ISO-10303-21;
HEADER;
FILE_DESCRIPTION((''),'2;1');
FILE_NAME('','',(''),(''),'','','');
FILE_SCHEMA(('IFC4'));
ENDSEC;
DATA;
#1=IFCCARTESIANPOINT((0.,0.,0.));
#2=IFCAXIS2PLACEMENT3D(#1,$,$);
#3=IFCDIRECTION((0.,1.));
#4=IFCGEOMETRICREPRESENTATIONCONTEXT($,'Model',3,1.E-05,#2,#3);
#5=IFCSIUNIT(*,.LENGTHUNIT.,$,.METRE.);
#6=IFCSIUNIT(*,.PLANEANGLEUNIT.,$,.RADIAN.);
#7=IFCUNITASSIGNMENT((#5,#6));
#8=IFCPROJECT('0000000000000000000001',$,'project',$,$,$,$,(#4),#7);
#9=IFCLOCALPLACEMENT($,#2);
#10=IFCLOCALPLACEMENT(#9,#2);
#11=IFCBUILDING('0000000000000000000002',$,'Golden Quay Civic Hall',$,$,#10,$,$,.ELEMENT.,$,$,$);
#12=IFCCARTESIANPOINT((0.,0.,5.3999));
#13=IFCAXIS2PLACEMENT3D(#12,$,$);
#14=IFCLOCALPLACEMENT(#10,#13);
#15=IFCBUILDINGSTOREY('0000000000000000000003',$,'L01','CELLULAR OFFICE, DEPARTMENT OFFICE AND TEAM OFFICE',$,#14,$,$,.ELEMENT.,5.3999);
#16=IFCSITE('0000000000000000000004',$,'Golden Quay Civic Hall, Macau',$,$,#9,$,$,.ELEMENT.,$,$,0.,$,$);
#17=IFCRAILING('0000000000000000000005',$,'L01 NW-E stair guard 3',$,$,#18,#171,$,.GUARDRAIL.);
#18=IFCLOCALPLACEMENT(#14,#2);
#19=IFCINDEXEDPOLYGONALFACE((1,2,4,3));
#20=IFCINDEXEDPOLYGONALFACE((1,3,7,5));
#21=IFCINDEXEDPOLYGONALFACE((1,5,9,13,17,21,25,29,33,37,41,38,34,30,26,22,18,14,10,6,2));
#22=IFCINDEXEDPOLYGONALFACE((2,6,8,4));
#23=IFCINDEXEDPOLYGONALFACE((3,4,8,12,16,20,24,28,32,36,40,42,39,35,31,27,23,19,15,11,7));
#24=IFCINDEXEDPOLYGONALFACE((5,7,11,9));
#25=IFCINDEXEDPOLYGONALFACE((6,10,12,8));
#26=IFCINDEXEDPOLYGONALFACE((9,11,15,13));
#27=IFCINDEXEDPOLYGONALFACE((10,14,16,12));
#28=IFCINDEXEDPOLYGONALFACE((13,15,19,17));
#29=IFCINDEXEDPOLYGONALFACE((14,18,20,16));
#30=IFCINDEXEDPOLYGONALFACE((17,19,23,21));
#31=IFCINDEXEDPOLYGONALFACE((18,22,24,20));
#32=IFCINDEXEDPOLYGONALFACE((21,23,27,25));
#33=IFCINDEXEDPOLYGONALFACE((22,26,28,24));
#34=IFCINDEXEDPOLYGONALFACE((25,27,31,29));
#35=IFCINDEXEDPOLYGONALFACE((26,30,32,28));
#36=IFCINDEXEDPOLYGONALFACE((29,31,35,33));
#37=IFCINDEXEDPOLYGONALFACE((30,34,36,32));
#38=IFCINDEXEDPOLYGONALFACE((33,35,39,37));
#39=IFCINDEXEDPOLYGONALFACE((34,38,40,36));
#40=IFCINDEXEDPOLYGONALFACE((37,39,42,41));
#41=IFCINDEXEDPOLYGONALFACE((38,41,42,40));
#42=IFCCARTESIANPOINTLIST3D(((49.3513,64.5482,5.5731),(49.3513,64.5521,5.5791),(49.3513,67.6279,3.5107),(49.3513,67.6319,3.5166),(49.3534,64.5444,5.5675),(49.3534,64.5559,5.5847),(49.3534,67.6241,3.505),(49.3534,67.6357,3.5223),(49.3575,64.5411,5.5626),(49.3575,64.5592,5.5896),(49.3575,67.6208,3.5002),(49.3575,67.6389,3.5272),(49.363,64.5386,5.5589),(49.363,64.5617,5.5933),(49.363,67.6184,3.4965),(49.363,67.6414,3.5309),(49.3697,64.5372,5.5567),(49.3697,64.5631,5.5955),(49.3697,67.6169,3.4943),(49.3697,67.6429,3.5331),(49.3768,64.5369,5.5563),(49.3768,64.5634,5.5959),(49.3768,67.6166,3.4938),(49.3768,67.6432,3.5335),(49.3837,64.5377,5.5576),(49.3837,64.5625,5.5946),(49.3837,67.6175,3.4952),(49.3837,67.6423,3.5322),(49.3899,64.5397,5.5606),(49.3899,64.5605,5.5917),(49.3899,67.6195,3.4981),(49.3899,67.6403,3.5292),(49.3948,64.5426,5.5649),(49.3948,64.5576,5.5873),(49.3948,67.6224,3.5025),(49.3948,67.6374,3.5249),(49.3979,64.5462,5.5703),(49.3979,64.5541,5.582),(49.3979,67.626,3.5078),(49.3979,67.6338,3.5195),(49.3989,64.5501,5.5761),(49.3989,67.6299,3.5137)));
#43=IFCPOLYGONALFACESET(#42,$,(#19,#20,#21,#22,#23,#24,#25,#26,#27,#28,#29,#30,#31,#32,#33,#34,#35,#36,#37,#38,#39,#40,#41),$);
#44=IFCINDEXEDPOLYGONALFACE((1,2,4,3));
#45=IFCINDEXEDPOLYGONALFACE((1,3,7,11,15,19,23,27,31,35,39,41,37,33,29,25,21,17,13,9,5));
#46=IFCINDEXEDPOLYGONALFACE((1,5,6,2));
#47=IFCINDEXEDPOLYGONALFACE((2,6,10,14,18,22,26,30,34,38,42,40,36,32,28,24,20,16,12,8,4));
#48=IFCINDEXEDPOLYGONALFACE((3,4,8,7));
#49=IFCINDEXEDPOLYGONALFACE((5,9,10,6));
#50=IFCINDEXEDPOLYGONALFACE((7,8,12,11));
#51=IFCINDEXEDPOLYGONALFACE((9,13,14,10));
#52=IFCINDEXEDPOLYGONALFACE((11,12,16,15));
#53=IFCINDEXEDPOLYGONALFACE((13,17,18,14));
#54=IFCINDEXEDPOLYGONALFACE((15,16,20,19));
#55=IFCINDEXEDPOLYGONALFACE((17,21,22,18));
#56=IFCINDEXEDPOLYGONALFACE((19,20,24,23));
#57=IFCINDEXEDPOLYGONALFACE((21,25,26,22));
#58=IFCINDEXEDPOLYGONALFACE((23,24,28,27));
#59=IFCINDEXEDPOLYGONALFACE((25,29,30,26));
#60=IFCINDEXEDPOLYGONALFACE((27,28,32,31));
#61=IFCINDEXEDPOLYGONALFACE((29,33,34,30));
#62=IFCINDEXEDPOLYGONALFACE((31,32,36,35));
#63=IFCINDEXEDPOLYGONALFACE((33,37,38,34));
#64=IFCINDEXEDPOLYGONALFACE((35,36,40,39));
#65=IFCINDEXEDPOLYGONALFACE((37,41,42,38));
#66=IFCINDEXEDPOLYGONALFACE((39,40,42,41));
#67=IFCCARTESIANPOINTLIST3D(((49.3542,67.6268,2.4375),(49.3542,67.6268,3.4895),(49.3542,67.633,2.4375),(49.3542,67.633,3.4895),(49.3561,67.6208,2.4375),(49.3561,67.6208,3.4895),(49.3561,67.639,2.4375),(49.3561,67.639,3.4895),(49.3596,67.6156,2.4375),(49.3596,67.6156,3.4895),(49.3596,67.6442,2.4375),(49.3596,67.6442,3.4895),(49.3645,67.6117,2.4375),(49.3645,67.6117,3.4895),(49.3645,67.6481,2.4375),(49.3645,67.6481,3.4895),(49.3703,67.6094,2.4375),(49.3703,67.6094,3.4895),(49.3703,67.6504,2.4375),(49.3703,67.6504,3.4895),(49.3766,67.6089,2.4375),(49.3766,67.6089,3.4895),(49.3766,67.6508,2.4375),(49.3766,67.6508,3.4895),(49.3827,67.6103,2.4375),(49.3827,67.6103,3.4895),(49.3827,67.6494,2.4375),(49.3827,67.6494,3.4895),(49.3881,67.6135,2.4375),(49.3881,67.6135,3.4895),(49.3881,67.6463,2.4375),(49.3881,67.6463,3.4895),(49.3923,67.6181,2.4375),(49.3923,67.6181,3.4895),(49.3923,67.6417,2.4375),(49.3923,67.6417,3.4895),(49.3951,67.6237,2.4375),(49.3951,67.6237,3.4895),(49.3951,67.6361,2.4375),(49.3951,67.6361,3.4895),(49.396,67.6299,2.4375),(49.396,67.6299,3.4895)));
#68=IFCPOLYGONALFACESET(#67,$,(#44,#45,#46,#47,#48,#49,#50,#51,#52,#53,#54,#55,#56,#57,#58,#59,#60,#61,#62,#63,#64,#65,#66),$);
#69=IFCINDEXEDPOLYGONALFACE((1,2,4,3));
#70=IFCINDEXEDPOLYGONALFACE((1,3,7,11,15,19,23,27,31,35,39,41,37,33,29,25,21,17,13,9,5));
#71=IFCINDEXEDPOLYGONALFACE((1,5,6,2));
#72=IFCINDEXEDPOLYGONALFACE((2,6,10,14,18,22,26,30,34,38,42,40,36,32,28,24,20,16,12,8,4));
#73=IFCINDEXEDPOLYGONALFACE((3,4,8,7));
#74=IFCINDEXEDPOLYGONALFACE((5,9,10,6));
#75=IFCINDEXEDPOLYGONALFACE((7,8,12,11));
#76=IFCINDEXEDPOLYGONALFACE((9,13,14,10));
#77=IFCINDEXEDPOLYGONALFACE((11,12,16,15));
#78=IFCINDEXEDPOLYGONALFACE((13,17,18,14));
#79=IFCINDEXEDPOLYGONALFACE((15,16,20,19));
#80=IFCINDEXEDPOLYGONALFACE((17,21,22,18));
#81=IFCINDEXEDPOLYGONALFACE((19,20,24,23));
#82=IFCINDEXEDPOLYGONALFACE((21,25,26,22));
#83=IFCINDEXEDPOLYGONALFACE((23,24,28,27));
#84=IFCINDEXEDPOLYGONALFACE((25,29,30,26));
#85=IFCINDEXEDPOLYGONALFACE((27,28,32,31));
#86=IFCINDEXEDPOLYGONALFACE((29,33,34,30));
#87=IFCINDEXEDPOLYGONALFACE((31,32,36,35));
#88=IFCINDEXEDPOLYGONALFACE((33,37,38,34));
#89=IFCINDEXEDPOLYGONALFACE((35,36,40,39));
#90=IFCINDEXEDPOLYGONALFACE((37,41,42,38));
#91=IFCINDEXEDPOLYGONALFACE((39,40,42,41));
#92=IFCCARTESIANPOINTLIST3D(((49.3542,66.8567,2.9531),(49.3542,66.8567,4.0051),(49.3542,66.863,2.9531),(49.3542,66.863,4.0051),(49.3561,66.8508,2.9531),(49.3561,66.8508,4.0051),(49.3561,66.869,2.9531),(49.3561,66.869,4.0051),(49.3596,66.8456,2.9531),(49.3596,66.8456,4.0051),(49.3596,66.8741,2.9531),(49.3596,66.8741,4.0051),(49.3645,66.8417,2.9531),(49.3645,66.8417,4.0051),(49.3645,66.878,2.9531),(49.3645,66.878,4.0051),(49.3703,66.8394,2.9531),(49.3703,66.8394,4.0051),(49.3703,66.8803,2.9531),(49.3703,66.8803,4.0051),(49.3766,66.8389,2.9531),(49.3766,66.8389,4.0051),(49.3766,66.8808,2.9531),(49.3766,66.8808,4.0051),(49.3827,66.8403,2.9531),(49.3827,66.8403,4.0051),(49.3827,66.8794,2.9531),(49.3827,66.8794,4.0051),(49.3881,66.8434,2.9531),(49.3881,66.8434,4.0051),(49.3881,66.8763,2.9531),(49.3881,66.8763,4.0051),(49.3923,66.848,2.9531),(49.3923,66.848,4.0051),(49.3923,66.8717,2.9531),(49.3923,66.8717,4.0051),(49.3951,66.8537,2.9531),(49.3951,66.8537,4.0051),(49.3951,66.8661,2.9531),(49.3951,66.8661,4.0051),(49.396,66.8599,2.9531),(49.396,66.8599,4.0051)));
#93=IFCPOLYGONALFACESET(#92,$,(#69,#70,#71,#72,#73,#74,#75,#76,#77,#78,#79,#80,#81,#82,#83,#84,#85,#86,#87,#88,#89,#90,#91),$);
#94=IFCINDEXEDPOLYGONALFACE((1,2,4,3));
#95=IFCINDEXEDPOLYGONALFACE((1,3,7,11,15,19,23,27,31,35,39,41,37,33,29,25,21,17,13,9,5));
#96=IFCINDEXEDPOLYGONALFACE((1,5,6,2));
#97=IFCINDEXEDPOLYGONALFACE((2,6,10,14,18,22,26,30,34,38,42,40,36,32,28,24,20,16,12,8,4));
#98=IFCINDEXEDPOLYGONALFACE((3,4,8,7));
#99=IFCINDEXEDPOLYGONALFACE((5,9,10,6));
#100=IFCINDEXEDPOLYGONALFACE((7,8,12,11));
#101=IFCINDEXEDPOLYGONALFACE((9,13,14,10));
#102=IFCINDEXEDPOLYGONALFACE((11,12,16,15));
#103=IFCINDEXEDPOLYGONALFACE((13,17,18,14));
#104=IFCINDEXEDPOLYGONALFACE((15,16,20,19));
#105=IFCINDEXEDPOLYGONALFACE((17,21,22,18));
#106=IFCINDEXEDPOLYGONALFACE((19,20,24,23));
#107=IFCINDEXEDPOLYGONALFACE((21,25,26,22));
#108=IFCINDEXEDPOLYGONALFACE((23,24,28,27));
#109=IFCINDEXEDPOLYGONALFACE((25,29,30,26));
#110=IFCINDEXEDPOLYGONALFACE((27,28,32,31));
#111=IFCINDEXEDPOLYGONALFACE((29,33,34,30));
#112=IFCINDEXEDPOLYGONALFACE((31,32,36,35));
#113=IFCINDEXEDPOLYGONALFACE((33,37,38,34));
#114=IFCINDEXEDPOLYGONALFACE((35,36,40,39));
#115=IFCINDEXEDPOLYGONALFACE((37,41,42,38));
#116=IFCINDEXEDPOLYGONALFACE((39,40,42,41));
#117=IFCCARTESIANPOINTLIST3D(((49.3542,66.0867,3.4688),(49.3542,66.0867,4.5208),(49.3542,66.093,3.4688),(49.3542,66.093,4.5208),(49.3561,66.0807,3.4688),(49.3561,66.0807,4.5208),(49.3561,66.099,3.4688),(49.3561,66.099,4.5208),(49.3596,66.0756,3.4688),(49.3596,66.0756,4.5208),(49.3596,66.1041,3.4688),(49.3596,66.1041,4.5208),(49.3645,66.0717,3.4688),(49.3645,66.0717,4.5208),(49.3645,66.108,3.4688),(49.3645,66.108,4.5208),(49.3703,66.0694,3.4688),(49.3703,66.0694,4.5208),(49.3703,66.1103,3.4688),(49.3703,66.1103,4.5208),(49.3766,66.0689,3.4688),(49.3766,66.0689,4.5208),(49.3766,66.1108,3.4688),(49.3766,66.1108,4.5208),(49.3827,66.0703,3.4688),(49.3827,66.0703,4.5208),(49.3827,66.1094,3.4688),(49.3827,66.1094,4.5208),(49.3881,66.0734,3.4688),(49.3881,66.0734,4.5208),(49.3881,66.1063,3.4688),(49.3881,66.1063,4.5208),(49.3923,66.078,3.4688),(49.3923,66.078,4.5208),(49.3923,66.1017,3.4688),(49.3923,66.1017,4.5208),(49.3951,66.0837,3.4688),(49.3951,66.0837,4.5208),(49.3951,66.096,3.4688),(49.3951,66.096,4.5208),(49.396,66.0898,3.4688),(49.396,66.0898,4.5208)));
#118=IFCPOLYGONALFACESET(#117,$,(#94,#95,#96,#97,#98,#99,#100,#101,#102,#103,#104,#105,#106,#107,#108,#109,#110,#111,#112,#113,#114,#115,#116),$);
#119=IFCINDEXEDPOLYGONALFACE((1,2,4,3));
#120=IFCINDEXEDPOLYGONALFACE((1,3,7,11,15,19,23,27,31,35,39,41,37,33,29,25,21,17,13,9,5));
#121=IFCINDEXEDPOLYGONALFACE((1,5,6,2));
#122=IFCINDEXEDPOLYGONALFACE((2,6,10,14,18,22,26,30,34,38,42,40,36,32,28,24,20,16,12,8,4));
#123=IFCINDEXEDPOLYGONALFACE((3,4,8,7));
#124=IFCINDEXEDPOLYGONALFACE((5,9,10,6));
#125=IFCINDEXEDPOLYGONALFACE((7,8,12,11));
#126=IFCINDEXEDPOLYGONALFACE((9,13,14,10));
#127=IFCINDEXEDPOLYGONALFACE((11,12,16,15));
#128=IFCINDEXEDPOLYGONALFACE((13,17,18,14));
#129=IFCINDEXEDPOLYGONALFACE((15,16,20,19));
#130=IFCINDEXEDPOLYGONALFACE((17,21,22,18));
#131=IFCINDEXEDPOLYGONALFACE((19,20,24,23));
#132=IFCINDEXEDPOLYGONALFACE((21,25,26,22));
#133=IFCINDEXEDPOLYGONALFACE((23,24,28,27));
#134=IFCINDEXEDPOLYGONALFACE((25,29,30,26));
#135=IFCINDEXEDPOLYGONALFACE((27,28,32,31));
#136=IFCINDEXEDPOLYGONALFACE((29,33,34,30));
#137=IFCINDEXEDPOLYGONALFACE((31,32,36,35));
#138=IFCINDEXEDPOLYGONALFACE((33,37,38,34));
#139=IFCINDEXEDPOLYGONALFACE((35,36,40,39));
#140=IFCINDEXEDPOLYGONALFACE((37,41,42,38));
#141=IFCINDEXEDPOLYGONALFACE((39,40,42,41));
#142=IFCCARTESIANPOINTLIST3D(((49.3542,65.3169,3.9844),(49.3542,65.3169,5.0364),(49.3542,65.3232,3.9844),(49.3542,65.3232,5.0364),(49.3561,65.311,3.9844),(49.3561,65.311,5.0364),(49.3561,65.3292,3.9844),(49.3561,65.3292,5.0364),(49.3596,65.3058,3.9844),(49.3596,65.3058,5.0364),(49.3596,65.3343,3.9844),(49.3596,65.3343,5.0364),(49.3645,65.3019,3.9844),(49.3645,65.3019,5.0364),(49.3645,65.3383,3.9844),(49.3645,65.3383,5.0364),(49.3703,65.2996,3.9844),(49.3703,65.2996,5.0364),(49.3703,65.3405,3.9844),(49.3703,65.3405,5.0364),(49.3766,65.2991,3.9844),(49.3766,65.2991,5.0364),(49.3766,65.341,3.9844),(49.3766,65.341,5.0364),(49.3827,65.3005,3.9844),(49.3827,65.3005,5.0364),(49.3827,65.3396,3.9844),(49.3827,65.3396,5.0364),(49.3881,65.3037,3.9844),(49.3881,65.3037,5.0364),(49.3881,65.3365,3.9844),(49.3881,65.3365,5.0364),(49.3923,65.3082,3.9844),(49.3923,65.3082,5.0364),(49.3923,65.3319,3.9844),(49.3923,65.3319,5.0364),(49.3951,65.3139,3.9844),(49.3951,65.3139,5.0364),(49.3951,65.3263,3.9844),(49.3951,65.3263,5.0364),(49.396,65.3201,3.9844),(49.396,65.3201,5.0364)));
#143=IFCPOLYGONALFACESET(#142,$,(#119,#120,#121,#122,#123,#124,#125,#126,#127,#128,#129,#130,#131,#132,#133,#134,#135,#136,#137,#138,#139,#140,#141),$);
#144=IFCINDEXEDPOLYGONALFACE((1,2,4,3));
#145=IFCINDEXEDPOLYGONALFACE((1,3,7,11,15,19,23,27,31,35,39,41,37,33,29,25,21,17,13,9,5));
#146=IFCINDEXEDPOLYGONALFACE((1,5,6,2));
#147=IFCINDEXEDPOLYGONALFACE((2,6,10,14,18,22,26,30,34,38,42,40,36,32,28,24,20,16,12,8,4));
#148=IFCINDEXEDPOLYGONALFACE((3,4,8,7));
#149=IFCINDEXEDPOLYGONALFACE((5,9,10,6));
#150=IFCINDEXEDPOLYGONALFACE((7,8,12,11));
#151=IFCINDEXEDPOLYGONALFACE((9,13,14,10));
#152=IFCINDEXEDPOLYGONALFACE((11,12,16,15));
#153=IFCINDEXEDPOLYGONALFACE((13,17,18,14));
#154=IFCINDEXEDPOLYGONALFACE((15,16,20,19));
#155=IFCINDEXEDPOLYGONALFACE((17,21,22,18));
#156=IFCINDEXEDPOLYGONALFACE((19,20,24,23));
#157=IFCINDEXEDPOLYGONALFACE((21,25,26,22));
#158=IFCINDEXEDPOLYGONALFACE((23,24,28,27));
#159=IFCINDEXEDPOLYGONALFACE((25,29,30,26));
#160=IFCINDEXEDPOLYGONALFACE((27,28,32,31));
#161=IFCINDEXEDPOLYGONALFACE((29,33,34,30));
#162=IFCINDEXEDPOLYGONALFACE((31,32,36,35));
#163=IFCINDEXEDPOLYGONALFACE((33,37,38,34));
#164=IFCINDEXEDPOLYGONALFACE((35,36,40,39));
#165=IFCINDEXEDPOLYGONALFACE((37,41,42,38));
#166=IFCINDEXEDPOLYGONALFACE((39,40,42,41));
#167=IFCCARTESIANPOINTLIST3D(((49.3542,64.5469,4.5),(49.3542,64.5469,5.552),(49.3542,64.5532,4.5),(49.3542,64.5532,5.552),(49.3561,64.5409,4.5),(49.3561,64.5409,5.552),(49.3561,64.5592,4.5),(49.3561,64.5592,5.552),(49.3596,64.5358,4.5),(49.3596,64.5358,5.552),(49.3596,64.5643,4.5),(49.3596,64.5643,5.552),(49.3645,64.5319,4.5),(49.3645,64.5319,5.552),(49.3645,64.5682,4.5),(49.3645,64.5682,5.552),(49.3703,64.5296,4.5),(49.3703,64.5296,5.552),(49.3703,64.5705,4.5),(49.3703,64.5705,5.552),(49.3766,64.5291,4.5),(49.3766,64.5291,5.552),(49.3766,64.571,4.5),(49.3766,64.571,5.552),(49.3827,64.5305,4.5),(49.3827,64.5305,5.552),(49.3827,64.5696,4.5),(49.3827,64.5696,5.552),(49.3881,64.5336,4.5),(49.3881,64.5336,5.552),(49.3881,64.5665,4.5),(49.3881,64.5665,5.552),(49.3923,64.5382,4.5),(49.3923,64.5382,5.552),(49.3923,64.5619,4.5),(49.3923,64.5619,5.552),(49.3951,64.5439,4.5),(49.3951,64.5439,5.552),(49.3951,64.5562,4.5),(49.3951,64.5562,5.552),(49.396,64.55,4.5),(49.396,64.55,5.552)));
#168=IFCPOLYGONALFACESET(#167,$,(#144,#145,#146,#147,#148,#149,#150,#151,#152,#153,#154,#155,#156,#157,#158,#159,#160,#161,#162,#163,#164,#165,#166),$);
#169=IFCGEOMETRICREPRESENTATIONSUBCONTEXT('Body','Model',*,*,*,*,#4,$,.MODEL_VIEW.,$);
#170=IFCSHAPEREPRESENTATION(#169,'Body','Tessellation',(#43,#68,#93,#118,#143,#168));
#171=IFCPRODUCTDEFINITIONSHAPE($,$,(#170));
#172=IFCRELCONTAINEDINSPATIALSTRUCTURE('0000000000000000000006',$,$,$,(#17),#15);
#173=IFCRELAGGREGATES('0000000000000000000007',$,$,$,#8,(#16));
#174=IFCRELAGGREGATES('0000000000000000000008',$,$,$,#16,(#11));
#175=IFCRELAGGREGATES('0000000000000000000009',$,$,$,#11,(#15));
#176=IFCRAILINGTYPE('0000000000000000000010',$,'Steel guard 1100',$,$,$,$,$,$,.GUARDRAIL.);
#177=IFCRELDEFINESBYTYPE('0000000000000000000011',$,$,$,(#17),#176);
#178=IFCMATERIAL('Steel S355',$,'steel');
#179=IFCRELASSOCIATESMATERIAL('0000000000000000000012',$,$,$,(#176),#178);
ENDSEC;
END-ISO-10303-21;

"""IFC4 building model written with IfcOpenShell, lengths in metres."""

from ifc_helpers import new_model, si_unit, direction, frame, origin, origin_2d, place, context, subcontext, project, spatial, circle, extrude, material, type_object, element, save


model = new_model("IFC4")

# Units and contexts
model_context = context("Model", 3, precision=1e-05, world=origin(), true_north=direction((0.0, 1.0)))
body_context = subcontext(model_context, "Body", "Model", "MODEL_VIEW")
ifc_project = project(units=[si_unit("LENGTHUNIT", "METRE"), si_unit("PLANEANGLEUNIT", "RADIAN")], contexts=[model_context])

# Site, building, storey
site_placement = place(None, origin())
site = spatial("IfcSite", under=ifc_project, at=site_placement, Name="Golden Quay Civic Hall, Macau", CompositionType="ELEMENT", RefElevation=0.0)
building_placement = place(site_placement, origin())
building = spatial("IfcBuilding", under=site, at=building_placement, Name="Golden Quay Civic Hall", CompositionType="ELEMENT")
storey_placement = place(building_placement, frame((0.0, 0.0, 5.3999)))
storey = spatial("IfcBuildingStorey", under=building, at=storey_placement, Name="L01", Description="CELLULAR OFFICE, DEPARTMENT OFFICE AND TEAM OFFICE", CompositionType="ELEMENT", Elevation=5.3999)

# Railing
ifc_material_1 = material(Name="Steel S355", Category="steel")
railing_type_1 = type_object("IfcRailingType", Name="Steel guard 1100", PredefinedType="GUARDRAIL", material=ifc_material_1)
railing_1_placement = place(storey_placement, frame((49.375, 67.6299, 2.4375)))
element("IfcRailing", 1, at=railing_1_placement, inside=storey, type_object=railing_type_1, Name="L01 NW-E stair guard 3", PredefinedType="GUARDRAIL", context=body_context, shape_type="SweptSolid", body=[
    extrude(circle(Radius=0.0239, at=origin_2d()), frame((0.0, 0.0, 1.0762), z_axis=(0.0, -0.830893, 0.556432), x_axis=(1.0, 0.0, 0.0)), (0.0, 0.0, 1.0), 3.7065),
    extrude(circle(Radius=0.021, at=origin_2d()), origin(), (0.0, 0.0, 1.0), 1.052),
    extrude(circle(Radius=0.021, at=origin_2d()), frame((0.0, -0.77, 0.5156)), (0.0, 0.0, 1.0), 1.052),
    extrude(circle(Radius=0.021, at=origin_2d()), frame((0.0, -1.54, 1.0312)), (0.0, 0.0, 1.0), 1.052),
    extrude(circle(Radius=0.021, at=origin_2d()), frame((0.0, -2.3098, 1.5469)), (0.0, 0.0, 1.0), 1.052),
    extrude(circle(Radius=0.021, at=origin_2d()), frame((0.0, -3.0798, 2.0625)), (0.0, 0.0, 1.0), 1.052),
])

save(model, "model.ifc")
